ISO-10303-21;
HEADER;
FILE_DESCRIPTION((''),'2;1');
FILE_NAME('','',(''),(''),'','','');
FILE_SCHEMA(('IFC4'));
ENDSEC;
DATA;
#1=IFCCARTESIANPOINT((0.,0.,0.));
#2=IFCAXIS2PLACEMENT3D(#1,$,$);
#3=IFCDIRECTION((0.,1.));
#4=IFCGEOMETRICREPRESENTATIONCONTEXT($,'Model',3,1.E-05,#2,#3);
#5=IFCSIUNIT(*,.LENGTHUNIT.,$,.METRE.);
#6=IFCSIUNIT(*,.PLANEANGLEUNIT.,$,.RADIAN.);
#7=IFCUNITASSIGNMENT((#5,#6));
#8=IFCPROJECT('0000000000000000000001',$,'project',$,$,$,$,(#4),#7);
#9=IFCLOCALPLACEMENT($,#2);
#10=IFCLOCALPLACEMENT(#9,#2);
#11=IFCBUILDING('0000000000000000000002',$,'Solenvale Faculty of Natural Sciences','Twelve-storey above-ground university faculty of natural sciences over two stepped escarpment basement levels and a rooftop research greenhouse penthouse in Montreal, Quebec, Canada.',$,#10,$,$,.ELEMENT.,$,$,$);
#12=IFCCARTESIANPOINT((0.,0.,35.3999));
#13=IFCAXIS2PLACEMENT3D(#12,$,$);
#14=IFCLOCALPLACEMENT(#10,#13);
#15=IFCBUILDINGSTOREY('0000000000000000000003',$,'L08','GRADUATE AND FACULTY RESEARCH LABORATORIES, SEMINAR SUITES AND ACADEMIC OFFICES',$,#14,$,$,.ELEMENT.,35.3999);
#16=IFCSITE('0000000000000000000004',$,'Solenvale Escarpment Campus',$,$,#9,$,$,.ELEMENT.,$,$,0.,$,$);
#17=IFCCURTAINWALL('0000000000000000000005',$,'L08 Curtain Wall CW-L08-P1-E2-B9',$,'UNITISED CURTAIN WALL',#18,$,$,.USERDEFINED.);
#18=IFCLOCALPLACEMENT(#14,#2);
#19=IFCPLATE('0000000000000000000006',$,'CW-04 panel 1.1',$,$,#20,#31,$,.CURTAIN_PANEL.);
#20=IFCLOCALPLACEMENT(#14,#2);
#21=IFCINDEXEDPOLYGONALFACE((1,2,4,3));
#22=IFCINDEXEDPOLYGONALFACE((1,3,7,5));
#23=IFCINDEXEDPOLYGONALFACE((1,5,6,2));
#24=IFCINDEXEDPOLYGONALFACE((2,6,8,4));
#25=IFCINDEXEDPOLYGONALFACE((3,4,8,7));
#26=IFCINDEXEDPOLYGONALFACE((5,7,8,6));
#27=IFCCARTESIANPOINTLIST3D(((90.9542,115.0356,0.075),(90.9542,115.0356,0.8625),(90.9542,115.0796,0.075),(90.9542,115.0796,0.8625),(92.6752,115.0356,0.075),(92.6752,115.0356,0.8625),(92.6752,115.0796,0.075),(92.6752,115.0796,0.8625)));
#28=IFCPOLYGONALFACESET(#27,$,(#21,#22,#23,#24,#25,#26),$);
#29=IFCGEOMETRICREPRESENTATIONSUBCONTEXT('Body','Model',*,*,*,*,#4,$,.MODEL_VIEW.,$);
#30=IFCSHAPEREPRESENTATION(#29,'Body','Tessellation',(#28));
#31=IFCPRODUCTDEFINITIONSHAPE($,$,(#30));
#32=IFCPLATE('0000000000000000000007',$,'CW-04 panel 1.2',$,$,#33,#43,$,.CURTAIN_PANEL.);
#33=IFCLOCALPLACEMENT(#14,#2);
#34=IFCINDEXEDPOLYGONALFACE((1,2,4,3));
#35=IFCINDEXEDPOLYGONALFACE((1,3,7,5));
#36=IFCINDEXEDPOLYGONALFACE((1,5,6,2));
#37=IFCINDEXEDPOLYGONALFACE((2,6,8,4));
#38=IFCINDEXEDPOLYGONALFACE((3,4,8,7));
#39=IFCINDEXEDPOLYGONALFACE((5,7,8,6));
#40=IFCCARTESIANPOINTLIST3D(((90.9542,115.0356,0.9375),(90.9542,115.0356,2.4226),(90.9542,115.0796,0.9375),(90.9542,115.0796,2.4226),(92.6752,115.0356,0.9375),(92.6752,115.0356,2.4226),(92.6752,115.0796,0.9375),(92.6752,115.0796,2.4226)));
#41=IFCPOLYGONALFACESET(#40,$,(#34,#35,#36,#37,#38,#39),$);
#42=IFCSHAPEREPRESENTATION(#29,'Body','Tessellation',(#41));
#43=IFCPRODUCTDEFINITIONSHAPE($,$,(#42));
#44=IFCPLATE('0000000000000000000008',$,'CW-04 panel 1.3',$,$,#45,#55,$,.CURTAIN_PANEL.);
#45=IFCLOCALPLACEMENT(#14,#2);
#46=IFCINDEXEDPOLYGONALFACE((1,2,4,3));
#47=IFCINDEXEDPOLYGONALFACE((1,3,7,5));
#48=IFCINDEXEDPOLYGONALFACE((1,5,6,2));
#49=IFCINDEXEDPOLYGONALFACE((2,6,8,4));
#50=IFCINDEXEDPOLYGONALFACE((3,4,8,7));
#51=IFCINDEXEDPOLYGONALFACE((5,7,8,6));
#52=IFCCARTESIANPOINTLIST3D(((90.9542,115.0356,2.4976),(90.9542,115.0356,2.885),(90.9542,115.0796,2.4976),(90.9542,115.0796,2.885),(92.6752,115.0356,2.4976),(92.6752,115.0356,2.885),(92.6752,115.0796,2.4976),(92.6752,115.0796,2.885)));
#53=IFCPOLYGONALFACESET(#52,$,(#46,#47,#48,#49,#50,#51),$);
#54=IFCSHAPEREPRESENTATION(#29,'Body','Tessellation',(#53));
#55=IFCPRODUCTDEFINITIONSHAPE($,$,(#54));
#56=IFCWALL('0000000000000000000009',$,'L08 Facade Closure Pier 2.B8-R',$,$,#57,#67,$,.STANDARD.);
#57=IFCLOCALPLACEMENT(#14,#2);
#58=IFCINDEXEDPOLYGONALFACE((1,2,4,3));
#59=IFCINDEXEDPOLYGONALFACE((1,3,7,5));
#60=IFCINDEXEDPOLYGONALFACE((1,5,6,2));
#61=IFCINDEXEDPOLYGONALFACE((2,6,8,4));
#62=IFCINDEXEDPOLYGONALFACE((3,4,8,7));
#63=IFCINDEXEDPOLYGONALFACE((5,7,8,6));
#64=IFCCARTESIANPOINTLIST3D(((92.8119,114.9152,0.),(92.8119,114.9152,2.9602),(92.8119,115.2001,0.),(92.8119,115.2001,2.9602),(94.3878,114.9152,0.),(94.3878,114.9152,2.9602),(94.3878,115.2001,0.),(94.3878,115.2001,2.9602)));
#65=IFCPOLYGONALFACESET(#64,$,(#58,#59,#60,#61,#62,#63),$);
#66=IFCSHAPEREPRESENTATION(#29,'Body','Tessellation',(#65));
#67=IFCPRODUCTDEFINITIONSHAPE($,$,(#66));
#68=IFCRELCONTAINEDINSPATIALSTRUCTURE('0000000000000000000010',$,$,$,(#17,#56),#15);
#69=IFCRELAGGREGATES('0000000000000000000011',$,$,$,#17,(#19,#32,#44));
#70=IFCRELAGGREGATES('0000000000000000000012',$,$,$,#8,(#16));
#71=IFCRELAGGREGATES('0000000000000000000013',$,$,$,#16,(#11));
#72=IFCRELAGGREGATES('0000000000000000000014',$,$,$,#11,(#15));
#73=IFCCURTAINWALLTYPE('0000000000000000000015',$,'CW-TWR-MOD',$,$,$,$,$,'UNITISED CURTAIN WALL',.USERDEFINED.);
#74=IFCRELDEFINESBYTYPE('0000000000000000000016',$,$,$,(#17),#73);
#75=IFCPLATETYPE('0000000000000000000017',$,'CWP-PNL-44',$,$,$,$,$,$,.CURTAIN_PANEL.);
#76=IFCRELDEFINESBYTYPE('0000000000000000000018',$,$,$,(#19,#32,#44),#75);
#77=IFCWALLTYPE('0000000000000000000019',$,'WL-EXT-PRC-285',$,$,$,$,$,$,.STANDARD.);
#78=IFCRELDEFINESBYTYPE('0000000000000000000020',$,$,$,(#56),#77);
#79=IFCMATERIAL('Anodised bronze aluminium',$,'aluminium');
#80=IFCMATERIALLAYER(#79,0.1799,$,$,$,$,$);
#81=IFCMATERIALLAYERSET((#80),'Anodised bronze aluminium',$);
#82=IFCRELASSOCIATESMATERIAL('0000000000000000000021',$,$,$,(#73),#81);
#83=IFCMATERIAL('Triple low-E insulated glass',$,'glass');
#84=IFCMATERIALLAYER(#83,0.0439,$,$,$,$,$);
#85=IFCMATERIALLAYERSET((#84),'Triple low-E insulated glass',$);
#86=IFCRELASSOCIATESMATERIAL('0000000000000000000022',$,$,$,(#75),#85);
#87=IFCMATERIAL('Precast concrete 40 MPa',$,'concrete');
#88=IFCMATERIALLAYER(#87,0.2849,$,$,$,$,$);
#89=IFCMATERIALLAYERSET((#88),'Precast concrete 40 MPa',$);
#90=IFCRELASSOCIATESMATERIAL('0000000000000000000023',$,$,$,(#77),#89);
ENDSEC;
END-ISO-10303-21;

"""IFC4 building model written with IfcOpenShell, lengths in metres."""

from ifc_helpers import new_model, si_unit, direction, frame, frame_2d, origin, origin_2d, place, context, subcontext, project, spatial, rectangle, extrude, material, layer, layer_set, type_object, element, aggregate, save


model = new_model("IFC4")

# Units and contexts
model_context = context("Model", 3, precision=1e-05, world=origin(), true_north=direction((0.0, 1.0)))
body_context = subcontext(model_context, "Body", "Model", "MODEL_VIEW")
ifc_project = project(units=[si_unit("LENGTHUNIT", "METRE"), si_unit("PLANEANGLEUNIT", "RADIAN")], contexts=[model_context])

# Site, building, storey
site_placement = place(None, origin())
site = spatial("IfcSite", under=ifc_project, at=site_placement, Name="Solenvale Escarpment Campus", CompositionType="ELEMENT", RefElevation=0.0)
building_placement = place(site_placement, origin())
building = spatial("IfcBuilding", under=site, at=building_placement, Name="Solenvale Faculty of Natural Sciences", Description="Twelve-storey above-ground university faculty of natural sciences over two stepped escarpment basement levels and a rooftop research greenhouse penthouse in Montreal, Quebec, Canada.", CompositionType="ELEMENT")
storey_placement = place(building_placement, frame((0.0, 0.0, 35.3999)))
storey = spatial("IfcBuildingStorey", under=building, at=storey_placement, Name="L08", Description="GRADUATE AND FACULTY RESEARCH LABORATORIES, SEMINAR SUITES AND ACADEMIC OFFICES", CompositionType="ELEMENT", Elevation=35.3999)

# Shared definitions
ifc_material_1 = material(Name="Precast concrete 40 MPa", Category="concrete")

# Curtain wall
ifc_material_2 = material(Name="Anodised bronze aluminium", Category="aluminium")
ifc_layer_1 = layer(ifc_material_2, 0.1799)
ifc_layer_set_1 = layer_set([ifc_layer_1], Name="Anodised bronze aluminium")
curtain_wall_type = type_object("IfcCurtainWallType", Name="CW-TWR-MOD", ElementType="UNITISED CURTAIN WALL", PredefinedType="USERDEFINED", material=ifc_layer_set_1)
curtain_wall_1_placement = place(storey_placement, origin())
curtain_wall_1 = element("IfcCurtainWall", 1, at=curtain_wall_1_placement, inside=storey, type_object=curtain_wall_type, Name="L08 Curtain Wall CW-L08-P1-E2-B9", ObjectType="UNITISED CURTAIN WALL", PredefinedType="USERDEFINED")

# Plates
ifc_material_3 = material(Name="Triple low-E insulated glass", Category="glass")
ifc_layer_2 = layer(ifc_material_3, 0.0439)
ifc_layer_set_2 = layer_set([ifc_layer_2], Name="Triple low-E insulated glass")
plate_type_1 = type_object("IfcPlateType", Name="CWP-PNL-44", PredefinedType="CURTAIN_PANEL", material=ifc_layer_set_2)
plate_1_placement = place(storey_placement, frame((91.8147, 115.0576, 0.075), z_axis=(0.0, 0.0, 1.0), x_axis=(-1.0, 0.0, 0.0)))
plate_1 = element("IfcPlate", 2, at=plate_1_placement, type_object=plate_type_1, Name="CW-04 panel 1.1", PredefinedType="CURTAIN_PANEL", context=body_context, shape_type="SweptSolid", body=[
    extrude(rectangle(XDim=1.7209, YDim=0.0439, at=origin_2d()), origin(), (0.0, 0.0, 1.0), 0.7876),
])
plate_2_placement = place(storey_placement, frame((91.8147, 115.0576, 0.9375), z_axis=(0.0, 0.0, 1.0), x_axis=(-1.0, 0.0, 0.0)))
plate_2 = element("IfcPlate", 3, at=plate_2_placement, type_object=plate_type_1, Name="CW-04 panel 1.2", PredefinedType="CURTAIN_PANEL", context=body_context, shape_type="SweptSolid", body=[
    extrude(rectangle(XDim=1.7209, YDim=0.0439, at=origin_2d()), origin(), (0.0, 0.0, 1.0), 1.4851),
])
plate_3_placement = place(storey_placement, frame((91.8147, 115.0576, 2.4976), z_axis=(0.0, 0.0, 1.0), x_axis=(-1.0, 0.0, 0.0)))
plate_3 = element("IfcPlate", 4, at=plate_3_placement, type_object=plate_type_1, Name="CW-04 panel 1.3", PredefinedType="CURTAIN_PANEL", context=body_context, shape_type="SweptSolid", body=[
    extrude(rectangle(XDim=1.7209, YDim=0.0439, at=origin_2d()), origin(), (0.0, 0.0, 1.0), 0.3875),
])
aggregate(curtain_wall_1, [plate_1, plate_2, plate_3])

# Wall
ifc_layer_3 = layer(ifc_material_1, 0.2849)
ifc_layer_set_3 = layer_set([ifc_layer_3], Name="Precast concrete 40 MPa")
wall_type = type_object("IfcWallType", Name="WL-EXT-PRC-285", PredefinedType="STANDARD", material=ifc_layer_set_3)
wall_placement = place(storey_placement, frame((94.3879, 115.0576, 0.0), z_axis=(0.0, 0.0, 1.0), x_axis=(-1.0, 0.0, 0.0)))
element("IfcWall", 5, at=wall_placement, inside=storey, type_object=wall_type, Name="L08 Facade Closure Pier 2.B8-R", PredefinedType="STANDARD", context=body_context, shape_type="SweptSolid", body=[
    extrude(rectangle(XDim=1.5759, YDim=0.2849, at=frame_2d((0.7881, 0.0))), origin(), (0.0, 0.0, 1.0), 2.9602),
])

save(model, "model.ifc")
